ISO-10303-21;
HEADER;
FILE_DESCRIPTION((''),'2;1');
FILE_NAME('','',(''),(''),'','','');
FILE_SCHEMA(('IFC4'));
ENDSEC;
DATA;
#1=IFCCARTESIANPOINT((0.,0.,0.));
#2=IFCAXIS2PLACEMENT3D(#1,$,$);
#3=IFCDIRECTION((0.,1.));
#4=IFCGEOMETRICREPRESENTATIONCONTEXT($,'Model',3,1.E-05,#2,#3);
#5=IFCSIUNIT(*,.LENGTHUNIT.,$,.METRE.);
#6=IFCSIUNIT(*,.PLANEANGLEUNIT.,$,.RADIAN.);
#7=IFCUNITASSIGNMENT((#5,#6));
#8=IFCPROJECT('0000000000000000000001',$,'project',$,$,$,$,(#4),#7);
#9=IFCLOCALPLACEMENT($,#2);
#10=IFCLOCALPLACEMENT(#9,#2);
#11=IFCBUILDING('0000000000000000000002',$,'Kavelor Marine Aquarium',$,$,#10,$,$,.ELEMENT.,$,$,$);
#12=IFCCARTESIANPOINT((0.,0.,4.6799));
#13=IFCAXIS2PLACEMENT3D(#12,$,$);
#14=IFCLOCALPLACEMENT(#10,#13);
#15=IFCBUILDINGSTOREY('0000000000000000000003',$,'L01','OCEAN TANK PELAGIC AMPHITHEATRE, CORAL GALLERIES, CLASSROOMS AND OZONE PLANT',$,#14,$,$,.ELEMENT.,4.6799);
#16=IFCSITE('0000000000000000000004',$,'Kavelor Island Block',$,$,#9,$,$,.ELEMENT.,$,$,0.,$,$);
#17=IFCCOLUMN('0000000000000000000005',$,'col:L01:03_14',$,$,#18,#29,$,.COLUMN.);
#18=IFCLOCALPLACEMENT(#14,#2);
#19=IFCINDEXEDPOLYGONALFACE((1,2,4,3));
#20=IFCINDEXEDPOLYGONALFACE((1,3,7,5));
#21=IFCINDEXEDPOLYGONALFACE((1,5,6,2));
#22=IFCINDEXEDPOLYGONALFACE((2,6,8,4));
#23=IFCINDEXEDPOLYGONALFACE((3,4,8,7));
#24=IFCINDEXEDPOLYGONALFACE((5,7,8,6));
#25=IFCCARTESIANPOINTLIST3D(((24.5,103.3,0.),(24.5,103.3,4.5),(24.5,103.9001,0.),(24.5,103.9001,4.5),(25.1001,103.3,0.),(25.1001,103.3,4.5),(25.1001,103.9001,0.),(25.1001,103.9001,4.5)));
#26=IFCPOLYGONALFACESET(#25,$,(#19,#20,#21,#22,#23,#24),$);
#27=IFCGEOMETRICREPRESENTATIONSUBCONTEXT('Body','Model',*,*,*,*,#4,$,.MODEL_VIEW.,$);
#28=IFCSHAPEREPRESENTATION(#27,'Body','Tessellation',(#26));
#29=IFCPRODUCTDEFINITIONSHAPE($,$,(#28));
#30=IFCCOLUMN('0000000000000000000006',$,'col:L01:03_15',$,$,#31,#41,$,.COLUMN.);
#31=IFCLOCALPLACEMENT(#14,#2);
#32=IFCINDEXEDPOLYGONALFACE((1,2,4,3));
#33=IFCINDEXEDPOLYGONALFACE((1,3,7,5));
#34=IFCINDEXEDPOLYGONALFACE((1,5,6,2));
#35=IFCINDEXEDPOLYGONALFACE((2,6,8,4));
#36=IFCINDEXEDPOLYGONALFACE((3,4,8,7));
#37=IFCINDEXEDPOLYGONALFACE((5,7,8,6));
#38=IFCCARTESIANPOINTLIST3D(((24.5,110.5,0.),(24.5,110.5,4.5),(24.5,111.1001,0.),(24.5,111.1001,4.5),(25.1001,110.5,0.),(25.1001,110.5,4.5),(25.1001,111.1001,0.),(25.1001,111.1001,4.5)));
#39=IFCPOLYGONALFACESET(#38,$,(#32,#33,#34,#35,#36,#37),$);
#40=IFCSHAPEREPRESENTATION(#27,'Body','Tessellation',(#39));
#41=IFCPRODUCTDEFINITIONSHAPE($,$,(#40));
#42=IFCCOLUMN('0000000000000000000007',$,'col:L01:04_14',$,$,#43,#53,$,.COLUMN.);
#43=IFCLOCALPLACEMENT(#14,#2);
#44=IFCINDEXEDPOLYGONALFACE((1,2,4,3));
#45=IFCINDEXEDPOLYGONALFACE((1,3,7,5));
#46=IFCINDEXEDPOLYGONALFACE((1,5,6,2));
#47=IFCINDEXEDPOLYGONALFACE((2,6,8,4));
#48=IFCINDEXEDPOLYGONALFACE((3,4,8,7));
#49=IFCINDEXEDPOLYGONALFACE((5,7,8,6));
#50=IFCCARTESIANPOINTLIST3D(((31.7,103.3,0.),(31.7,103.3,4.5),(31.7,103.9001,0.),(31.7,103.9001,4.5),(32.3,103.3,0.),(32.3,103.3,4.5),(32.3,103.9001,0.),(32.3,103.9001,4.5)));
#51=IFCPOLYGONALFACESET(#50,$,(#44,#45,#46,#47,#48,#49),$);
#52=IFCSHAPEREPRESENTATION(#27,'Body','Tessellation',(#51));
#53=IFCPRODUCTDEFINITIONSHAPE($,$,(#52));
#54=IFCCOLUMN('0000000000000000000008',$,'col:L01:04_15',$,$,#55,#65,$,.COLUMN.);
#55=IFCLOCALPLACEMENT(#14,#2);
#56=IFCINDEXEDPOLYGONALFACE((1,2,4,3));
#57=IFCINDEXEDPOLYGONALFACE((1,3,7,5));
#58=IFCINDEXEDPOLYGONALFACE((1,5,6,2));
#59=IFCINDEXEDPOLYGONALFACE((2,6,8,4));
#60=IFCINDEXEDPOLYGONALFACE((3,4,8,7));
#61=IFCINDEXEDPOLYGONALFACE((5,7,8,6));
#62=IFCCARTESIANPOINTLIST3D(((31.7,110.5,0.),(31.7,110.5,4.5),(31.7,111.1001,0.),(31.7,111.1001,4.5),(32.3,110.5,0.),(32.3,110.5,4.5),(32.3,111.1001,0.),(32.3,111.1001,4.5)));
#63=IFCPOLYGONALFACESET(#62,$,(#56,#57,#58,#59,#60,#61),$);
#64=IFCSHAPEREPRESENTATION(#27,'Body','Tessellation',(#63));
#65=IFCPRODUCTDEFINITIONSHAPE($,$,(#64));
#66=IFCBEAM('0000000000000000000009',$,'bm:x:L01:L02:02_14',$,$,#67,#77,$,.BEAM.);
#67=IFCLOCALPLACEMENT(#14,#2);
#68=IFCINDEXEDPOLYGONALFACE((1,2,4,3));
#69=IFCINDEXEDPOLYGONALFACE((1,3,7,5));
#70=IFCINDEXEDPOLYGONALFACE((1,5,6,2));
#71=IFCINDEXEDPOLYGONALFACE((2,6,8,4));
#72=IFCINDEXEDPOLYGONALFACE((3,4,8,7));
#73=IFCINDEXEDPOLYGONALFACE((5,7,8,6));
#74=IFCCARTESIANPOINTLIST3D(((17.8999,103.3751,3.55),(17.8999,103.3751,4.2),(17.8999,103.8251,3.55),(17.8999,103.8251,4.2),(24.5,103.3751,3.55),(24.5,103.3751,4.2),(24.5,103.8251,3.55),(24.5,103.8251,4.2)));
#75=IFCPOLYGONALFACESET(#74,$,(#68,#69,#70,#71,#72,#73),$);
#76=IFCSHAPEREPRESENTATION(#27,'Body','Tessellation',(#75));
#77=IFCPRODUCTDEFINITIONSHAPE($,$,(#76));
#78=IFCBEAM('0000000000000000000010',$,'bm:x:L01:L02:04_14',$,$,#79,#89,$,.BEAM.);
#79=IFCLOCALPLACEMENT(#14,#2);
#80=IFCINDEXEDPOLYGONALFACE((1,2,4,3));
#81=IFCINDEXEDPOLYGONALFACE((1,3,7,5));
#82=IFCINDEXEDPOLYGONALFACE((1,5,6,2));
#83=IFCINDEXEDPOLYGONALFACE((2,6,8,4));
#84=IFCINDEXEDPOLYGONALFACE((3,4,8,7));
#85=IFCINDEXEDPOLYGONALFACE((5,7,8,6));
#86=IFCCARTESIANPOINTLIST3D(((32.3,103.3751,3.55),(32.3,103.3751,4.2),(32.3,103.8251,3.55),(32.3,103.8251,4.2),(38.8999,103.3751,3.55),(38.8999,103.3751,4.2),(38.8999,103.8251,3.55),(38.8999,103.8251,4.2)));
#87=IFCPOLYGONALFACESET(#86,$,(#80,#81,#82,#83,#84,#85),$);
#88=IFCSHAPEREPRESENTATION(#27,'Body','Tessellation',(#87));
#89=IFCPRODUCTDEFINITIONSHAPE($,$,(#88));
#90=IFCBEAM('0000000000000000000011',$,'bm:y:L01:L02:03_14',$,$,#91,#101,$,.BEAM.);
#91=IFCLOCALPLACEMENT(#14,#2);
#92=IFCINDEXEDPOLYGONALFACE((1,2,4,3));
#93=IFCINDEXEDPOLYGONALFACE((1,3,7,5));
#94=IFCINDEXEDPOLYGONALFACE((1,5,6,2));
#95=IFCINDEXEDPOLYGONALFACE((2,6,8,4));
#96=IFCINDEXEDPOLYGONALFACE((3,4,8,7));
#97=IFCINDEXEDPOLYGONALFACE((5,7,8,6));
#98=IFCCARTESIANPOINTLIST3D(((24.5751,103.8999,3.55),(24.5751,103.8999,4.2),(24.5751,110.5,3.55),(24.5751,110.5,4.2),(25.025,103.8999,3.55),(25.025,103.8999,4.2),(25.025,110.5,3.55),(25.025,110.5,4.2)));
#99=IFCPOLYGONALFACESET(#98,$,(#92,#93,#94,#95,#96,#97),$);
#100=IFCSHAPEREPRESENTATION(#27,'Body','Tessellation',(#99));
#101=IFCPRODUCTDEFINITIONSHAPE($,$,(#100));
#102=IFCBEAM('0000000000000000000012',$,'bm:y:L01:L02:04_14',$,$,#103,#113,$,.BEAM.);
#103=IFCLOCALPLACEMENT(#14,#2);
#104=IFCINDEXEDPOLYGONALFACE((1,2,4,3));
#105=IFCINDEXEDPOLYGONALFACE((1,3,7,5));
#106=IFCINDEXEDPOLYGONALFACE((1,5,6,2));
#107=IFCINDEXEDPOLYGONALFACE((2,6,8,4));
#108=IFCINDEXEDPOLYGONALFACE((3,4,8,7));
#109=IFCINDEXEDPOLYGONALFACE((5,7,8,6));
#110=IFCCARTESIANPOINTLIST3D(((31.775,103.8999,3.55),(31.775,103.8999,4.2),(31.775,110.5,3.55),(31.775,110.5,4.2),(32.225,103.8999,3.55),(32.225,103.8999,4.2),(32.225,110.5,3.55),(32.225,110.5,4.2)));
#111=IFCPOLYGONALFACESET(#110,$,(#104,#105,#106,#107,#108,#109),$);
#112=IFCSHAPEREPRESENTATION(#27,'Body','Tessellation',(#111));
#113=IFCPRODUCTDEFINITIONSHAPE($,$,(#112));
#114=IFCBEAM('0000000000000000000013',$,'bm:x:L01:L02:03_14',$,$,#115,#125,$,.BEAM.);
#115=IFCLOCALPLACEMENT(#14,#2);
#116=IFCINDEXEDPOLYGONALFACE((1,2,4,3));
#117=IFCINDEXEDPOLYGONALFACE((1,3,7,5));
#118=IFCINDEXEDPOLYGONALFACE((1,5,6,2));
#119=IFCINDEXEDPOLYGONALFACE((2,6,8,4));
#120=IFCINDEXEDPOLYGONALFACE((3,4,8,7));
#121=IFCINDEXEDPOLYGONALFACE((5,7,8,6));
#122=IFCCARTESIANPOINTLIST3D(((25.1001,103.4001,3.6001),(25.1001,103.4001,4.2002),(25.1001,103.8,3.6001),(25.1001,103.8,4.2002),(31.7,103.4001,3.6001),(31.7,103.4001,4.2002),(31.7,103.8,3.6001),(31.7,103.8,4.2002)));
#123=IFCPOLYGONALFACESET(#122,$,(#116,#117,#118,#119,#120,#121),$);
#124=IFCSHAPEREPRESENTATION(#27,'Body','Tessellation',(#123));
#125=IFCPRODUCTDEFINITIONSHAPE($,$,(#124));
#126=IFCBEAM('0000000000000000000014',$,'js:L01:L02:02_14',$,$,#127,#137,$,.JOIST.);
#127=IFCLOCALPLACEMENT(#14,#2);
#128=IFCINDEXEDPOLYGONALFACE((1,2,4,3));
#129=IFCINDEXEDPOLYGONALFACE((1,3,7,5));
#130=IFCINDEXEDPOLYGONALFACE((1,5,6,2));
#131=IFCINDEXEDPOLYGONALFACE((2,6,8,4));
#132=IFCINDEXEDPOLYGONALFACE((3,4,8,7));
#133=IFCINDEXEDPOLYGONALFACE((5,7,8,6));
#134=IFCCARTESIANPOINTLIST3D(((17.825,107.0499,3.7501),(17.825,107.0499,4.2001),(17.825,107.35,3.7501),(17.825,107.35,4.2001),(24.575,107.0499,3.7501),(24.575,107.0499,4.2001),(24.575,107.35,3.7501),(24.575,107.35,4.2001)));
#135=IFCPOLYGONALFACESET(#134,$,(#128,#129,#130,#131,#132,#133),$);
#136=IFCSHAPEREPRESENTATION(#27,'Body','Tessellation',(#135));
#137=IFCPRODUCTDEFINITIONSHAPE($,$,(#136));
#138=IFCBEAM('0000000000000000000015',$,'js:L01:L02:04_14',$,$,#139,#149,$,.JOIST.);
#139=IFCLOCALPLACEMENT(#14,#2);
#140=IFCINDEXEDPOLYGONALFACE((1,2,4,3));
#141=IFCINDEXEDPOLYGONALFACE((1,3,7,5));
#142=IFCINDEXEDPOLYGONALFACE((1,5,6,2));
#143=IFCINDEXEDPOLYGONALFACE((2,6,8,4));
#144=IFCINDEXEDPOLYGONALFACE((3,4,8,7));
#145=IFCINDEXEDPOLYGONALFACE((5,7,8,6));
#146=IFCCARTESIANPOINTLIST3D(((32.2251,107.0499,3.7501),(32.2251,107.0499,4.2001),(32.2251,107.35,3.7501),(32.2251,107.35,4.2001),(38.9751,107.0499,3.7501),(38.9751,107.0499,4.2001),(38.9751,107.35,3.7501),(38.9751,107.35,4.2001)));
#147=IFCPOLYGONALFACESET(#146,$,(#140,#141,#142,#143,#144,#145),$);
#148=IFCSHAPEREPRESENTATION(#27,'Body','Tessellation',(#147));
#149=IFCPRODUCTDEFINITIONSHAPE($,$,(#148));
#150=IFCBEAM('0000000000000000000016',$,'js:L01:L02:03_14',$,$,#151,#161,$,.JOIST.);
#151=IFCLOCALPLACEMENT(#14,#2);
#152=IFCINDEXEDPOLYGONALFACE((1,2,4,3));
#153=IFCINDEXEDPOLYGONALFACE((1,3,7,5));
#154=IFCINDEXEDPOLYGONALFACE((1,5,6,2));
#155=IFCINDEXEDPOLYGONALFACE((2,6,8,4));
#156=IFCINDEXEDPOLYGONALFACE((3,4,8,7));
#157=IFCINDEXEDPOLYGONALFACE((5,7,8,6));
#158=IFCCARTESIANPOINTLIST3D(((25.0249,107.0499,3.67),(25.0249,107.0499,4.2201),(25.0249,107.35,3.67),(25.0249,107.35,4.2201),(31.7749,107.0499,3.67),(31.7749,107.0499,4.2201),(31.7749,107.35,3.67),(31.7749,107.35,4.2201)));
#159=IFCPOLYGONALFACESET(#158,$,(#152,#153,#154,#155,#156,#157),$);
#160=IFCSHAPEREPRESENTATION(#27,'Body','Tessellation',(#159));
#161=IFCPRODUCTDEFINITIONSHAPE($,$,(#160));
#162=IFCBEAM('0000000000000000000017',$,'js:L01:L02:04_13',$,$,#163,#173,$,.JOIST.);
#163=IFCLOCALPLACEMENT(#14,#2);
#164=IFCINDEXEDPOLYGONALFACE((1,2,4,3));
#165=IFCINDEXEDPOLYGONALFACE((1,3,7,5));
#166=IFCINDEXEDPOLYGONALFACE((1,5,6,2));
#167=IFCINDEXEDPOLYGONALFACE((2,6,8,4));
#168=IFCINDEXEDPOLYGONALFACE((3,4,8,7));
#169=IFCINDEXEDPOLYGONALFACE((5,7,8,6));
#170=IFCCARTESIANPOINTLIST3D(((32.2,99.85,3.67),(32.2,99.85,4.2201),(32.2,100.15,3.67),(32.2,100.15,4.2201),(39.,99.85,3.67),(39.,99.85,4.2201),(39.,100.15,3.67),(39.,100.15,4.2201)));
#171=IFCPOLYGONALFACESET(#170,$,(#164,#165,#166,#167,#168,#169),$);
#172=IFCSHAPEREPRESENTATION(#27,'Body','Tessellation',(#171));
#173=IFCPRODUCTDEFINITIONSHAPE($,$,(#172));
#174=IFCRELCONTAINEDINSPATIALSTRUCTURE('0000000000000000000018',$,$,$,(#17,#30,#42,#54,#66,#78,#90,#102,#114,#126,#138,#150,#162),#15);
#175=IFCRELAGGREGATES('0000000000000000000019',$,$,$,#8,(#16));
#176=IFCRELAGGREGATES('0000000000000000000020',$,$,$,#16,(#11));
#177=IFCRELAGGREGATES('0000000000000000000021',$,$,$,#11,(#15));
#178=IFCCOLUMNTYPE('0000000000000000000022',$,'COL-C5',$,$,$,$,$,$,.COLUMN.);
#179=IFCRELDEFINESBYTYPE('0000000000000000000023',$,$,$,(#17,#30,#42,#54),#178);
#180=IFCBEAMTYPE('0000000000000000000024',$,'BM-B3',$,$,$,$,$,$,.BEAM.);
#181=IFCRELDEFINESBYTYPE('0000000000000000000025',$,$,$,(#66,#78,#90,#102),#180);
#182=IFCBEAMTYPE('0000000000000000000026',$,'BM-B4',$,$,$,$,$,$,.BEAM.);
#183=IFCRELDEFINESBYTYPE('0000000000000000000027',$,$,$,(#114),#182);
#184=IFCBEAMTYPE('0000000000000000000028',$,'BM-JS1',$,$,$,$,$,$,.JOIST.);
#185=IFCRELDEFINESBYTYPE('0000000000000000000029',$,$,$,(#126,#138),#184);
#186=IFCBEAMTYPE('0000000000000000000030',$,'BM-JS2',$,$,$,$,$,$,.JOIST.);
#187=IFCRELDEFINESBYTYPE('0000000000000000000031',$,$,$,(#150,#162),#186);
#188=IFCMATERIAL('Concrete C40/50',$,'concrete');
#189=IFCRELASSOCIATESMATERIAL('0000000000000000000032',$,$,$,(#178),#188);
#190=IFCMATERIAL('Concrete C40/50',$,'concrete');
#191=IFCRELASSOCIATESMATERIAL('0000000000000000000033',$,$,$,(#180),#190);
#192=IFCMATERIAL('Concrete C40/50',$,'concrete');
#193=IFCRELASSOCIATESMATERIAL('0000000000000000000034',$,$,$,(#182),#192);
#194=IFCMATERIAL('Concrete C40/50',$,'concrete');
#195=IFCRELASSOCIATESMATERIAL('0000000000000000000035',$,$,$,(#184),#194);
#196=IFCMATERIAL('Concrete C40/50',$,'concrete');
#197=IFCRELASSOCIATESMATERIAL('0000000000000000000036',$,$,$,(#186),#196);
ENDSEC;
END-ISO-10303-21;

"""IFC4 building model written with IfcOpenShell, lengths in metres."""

from ifc_helpers import new_model, si_unit, direction, frame, origin, origin_2d, place, context, subcontext, project, spatial, rectangle, extrude, material, material_profile, profile_set, type_object, element, save


model = new_model("IFC4")

# Units and contexts
model_context = context("Model", 3, precision=1e-05, world=origin(), true_north=direction((0.0, 1.0)))
body_context = subcontext(model_context, "Body", "Model", "MODEL_VIEW")
ifc_project = project(units=[si_unit("LENGTHUNIT", "METRE"), si_unit("PLANEANGLEUNIT", "RADIAN")], contexts=[model_context])

# Site, building, storey
site_placement = place(None, origin())
site = spatial("IfcSite", under=ifc_project, at=site_placement, Name="Kavelor Island Block", CompositionType="ELEMENT", RefElevation=0.0)
building_placement = place(site_placement, origin())
building = spatial("IfcBuilding", under=site, at=building_placement, Name="Kavelor Marine Aquarium", CompositionType="ELEMENT")
storey_placement = place(building_placement, frame((0.0, 0.0, 4.6799)))
storey = spatial("IfcBuildingStorey", under=building, at=storey_placement, Name="L01", Description="OCEAN TANK PELAGIC AMPHITHEATRE, CORAL GALLERIES, CLASSROOMS AND OZONE PLANT", CompositionType="ELEMENT", Elevation=4.6799)

# Columns
ifc_material_1 = material(Name="Concrete C40/50", Category="concrete")
ifc_material_profile_1 = material_profile(ifc_material_1, rectangle(XDim=0.6001, YDim=0.6001, at=origin_2d()), Name="RC-COL 600x600")
ifc_profile_set_1 = profile_set([ifc_material_profile_1], Name="Concrete C40/50")
column_type = type_object("IfcColumnType", Name="COL-C5", PredefinedType="COLUMN", material=ifc_profile_set_1)
for number, where, z_axis, x_axis, name in (
    (1, (24.8, 103.6001, 0.0), (0.0, 0.0, 1.0), (1.0, 0.0, 0.0), "col:L01:03_14"),
    (2, (24.8, 110.8, 0.0), (0.0, 0.0, 1.0), (1.0, 0.0, 0.0), "col:L01:03_15"),
    (3, (32.0, 103.6001, 0.0), (0.0, 0.0, 1.0), (1.0, 0.0, 0.0), "col:L01:04_14"),
    (4, (32.0, 110.8, 0.0), (0.0, 0.0, 1.0), (1.0, 0.0, 0.0), "col:L01:04_15"),
):
    element("IfcColumn", number, at=place(storey_placement, frame(where, z_axis=z_axis, x_axis=x_axis)), inside=storey, type_object=column_type, Name=name, PredefinedType="COLUMN", context=body_context, shape_type="SweptSolid", body=[
        extrude(rectangle(XDim=0.6001, YDim=0.6001, at=origin_2d()), origin(), (0.0, 0.0, 1.0), 4.5),
    ])

# Beams
ifc_material_2 = material(Name="Concrete C40/50", Category="concrete")
ifc_material_profile_2 = material_profile(ifc_material_2, rectangle(XDim=0.45, YDim=0.6499, at=origin_2d()), Name="RC-BM 450x650")
ifc_profile_set_2 = profile_set([ifc_material_profile_2], Name="Concrete C40/50")
beam_type_1 = type_object("IfcBeamType", Name="BM-B3", PredefinedType="BEAM", material=ifc_profile_set_2)
beam_1_placement = place(storey_placement, frame((17.8999, 103.6001, 3.875), z_axis=(1.0, 0.0, 0.0), x_axis=(0.0, 1.0, 0.0)))
element("IfcBeam", 5, at=beam_1_placement, inside=storey, type_object=beam_type_1, Name="bm:x:L01:L02:02_14", PredefinedType="BEAM", context=body_context, shape_type="SweptSolid", body=[
    extrude(rectangle(XDim=0.45, YDim=0.6499, at=origin_2d()), origin(), (0.0, 0.0, 1.0), 6.6001),
])
beam_2_placement = place(storey_placement, frame((32.3, 103.6001, 3.875), z_axis=(1.0, 0.0, 0.0), x_axis=(0.0, 1.0, 0.0)))
element("IfcBeam", 6, at=beam_2_placement, inside=storey, type_object=beam_type_1, Name="bm:x:L01:L02:04_14", PredefinedType="BEAM", context=body_context, shape_type="SweptSolid", body=[
    extrude(rectangle(XDim=0.45, YDim=0.6499, at=origin_2d()), origin(), (0.0, 0.0, 1.0), 6.5999),
])
for number, where, z_axis, x_axis, name in (
    (7, (24.8, 103.8999, 3.875), (0.0, 1.0, 0.0), (-1.0, 0.0, 0.0), "bm:y:L01:L02:03_14"),
    (8, (32.0, 103.8999, 3.875), (0.0, 1.0, 0.0), (-1.0, 0.0, 0.0), "bm:y:L01:L02:04_14"),
):
    element("IfcBeam", number, at=place(storey_placement, frame(where, z_axis=z_axis, x_axis=x_axis)), inside=storey, type_object=beam_type_1, Name=name, PredefinedType="BEAM", context=body_context, shape_type="SweptSolid", body=[
        extrude(rectangle(XDim=0.45, YDim=0.6499, at=origin_2d()), origin(), (0.0, 0.0, 1.0), 6.6001),
    ])
ifc_material_3 = material(Name="Concrete C40/50", Category="concrete")
ifc_material_profile_3 = material_profile(ifc_material_3, rectangle(XDim=0.3999, YDim=0.6001, at=origin_2d()), Name="RC-BM 400x600")
ifc_profile_set_3 = profile_set([ifc_material_profile_3], Name="Concrete C40/50")
beam_type_2 = type_object("IfcBeamType", Name="BM-B4", PredefinedType="BEAM", material=ifc_profile_set_3)
beam_3_placement = place(storey_placement, frame((25.1001, 103.6001, 3.9001), z_axis=(1.0, 0.0, 0.0), x_axis=(0.0, 1.0, 0.0)))
element("IfcBeam", 9, at=beam_3_placement, inside=storey, type_object=beam_type_2, Name="bm:x:L01:L02:03_14", PredefinedType="BEAM", context=body_context, shape_type="SweptSolid", body=[
    extrude(rectangle(XDim=0.3999, YDim=0.6001, at=origin_2d()), origin(), (0.0, 0.0, 1.0), 6.5999),
])
ifc_material_4 = material(Name="Concrete C40/50", Category="concrete")
ifc_material_profile_4 = material_profile(ifc_material_4, rectangle(XDim=0.3, YDim=0.45, at=origin_2d()), Name="RC-JS 300x450")
ifc_profile_set_4 = profile_set([ifc_material_profile_4], Name="Concrete C40/50")
beam_type_3 = type_object("IfcBeamType", Name="BM-JS1", PredefinedType="JOIST", material=ifc_profile_set_4)
for number, where, z_axis, x_axis, name in (
    (10, (17.825, 107.2, 3.9751), (1.0, 0.0, 0.0), (0.0, 1.0, 0.0), "js:L01:L02:02_14"),
    (11, (32.2251, 107.2, 3.9751), (1.0, 0.0, 0.0), (0.0, 1.0, 0.0), "js:L01:L02:04_14"),
):
    element("IfcBeam", number, at=place(storey_placement, frame(where, z_axis=z_axis, x_axis=x_axis)), inside=storey, type_object=beam_type_3, Name=name, PredefinedType="JOIST", context=body_context, shape_type="SweptSolid", body=[
        extrude(rectangle(XDim=0.3, YDim=0.45, at=origin_2d()), origin(), (0.0, 0.0, 1.0), 6.75),
    ])
ifc_material_5 = material(Name="Concrete C40/50", Category="concrete")
ifc_material_profile_5 = material_profile(ifc_material_5, rectangle(XDim=0.3, YDim=0.55, at=origin_2d()), Name="RC-JS 300x550")
ifc_profile_set_5 = profile_set([ifc_material_profile_5], Name="Concrete C40/50")
beam_type_4 = type_object("IfcBeamType", Name="BM-JS2", PredefinedType="JOIST", material=ifc_profile_set_5)
beam_4_placement = place(storey_placement, frame((25.0249, 107.2, 3.9451), z_axis=(1.0, 0.0, 0.0), x_axis=(0.0, 1.0, 0.0)))
element("IfcBeam", 12, at=beam_4_placement, inside=storey, type_object=beam_type_4, Name="js:L01:L02:03_14", PredefinedType="JOIST", context=body_context, shape_type="SweptSolid", body=[
    extrude(rectangle(XDim=0.3, YDim=0.55, at=origin_2d()), origin(), (0.0, 0.0, 1.0), 6.75),
])
beam_5_placement = place(storey_placement, frame((32.2, 100.0, 3.9451), z_axis=(1.0, 0.0, 0.0), x_axis=(0.0, 1.0, 0.0)))
element("IfcBeam", 13, at=beam_5_placement, inside=storey, type_object=beam_type_4, Name="js:L01:L02:04_13", PredefinedType="JOIST", context=body_context, shape_type="SweptSolid", body=[
    extrude(rectangle(XDim=0.3, YDim=0.55, at=origin_2d()), origin(), (0.0, 0.0, 1.0), 6.8),
])

save(model, "model.ifc")
